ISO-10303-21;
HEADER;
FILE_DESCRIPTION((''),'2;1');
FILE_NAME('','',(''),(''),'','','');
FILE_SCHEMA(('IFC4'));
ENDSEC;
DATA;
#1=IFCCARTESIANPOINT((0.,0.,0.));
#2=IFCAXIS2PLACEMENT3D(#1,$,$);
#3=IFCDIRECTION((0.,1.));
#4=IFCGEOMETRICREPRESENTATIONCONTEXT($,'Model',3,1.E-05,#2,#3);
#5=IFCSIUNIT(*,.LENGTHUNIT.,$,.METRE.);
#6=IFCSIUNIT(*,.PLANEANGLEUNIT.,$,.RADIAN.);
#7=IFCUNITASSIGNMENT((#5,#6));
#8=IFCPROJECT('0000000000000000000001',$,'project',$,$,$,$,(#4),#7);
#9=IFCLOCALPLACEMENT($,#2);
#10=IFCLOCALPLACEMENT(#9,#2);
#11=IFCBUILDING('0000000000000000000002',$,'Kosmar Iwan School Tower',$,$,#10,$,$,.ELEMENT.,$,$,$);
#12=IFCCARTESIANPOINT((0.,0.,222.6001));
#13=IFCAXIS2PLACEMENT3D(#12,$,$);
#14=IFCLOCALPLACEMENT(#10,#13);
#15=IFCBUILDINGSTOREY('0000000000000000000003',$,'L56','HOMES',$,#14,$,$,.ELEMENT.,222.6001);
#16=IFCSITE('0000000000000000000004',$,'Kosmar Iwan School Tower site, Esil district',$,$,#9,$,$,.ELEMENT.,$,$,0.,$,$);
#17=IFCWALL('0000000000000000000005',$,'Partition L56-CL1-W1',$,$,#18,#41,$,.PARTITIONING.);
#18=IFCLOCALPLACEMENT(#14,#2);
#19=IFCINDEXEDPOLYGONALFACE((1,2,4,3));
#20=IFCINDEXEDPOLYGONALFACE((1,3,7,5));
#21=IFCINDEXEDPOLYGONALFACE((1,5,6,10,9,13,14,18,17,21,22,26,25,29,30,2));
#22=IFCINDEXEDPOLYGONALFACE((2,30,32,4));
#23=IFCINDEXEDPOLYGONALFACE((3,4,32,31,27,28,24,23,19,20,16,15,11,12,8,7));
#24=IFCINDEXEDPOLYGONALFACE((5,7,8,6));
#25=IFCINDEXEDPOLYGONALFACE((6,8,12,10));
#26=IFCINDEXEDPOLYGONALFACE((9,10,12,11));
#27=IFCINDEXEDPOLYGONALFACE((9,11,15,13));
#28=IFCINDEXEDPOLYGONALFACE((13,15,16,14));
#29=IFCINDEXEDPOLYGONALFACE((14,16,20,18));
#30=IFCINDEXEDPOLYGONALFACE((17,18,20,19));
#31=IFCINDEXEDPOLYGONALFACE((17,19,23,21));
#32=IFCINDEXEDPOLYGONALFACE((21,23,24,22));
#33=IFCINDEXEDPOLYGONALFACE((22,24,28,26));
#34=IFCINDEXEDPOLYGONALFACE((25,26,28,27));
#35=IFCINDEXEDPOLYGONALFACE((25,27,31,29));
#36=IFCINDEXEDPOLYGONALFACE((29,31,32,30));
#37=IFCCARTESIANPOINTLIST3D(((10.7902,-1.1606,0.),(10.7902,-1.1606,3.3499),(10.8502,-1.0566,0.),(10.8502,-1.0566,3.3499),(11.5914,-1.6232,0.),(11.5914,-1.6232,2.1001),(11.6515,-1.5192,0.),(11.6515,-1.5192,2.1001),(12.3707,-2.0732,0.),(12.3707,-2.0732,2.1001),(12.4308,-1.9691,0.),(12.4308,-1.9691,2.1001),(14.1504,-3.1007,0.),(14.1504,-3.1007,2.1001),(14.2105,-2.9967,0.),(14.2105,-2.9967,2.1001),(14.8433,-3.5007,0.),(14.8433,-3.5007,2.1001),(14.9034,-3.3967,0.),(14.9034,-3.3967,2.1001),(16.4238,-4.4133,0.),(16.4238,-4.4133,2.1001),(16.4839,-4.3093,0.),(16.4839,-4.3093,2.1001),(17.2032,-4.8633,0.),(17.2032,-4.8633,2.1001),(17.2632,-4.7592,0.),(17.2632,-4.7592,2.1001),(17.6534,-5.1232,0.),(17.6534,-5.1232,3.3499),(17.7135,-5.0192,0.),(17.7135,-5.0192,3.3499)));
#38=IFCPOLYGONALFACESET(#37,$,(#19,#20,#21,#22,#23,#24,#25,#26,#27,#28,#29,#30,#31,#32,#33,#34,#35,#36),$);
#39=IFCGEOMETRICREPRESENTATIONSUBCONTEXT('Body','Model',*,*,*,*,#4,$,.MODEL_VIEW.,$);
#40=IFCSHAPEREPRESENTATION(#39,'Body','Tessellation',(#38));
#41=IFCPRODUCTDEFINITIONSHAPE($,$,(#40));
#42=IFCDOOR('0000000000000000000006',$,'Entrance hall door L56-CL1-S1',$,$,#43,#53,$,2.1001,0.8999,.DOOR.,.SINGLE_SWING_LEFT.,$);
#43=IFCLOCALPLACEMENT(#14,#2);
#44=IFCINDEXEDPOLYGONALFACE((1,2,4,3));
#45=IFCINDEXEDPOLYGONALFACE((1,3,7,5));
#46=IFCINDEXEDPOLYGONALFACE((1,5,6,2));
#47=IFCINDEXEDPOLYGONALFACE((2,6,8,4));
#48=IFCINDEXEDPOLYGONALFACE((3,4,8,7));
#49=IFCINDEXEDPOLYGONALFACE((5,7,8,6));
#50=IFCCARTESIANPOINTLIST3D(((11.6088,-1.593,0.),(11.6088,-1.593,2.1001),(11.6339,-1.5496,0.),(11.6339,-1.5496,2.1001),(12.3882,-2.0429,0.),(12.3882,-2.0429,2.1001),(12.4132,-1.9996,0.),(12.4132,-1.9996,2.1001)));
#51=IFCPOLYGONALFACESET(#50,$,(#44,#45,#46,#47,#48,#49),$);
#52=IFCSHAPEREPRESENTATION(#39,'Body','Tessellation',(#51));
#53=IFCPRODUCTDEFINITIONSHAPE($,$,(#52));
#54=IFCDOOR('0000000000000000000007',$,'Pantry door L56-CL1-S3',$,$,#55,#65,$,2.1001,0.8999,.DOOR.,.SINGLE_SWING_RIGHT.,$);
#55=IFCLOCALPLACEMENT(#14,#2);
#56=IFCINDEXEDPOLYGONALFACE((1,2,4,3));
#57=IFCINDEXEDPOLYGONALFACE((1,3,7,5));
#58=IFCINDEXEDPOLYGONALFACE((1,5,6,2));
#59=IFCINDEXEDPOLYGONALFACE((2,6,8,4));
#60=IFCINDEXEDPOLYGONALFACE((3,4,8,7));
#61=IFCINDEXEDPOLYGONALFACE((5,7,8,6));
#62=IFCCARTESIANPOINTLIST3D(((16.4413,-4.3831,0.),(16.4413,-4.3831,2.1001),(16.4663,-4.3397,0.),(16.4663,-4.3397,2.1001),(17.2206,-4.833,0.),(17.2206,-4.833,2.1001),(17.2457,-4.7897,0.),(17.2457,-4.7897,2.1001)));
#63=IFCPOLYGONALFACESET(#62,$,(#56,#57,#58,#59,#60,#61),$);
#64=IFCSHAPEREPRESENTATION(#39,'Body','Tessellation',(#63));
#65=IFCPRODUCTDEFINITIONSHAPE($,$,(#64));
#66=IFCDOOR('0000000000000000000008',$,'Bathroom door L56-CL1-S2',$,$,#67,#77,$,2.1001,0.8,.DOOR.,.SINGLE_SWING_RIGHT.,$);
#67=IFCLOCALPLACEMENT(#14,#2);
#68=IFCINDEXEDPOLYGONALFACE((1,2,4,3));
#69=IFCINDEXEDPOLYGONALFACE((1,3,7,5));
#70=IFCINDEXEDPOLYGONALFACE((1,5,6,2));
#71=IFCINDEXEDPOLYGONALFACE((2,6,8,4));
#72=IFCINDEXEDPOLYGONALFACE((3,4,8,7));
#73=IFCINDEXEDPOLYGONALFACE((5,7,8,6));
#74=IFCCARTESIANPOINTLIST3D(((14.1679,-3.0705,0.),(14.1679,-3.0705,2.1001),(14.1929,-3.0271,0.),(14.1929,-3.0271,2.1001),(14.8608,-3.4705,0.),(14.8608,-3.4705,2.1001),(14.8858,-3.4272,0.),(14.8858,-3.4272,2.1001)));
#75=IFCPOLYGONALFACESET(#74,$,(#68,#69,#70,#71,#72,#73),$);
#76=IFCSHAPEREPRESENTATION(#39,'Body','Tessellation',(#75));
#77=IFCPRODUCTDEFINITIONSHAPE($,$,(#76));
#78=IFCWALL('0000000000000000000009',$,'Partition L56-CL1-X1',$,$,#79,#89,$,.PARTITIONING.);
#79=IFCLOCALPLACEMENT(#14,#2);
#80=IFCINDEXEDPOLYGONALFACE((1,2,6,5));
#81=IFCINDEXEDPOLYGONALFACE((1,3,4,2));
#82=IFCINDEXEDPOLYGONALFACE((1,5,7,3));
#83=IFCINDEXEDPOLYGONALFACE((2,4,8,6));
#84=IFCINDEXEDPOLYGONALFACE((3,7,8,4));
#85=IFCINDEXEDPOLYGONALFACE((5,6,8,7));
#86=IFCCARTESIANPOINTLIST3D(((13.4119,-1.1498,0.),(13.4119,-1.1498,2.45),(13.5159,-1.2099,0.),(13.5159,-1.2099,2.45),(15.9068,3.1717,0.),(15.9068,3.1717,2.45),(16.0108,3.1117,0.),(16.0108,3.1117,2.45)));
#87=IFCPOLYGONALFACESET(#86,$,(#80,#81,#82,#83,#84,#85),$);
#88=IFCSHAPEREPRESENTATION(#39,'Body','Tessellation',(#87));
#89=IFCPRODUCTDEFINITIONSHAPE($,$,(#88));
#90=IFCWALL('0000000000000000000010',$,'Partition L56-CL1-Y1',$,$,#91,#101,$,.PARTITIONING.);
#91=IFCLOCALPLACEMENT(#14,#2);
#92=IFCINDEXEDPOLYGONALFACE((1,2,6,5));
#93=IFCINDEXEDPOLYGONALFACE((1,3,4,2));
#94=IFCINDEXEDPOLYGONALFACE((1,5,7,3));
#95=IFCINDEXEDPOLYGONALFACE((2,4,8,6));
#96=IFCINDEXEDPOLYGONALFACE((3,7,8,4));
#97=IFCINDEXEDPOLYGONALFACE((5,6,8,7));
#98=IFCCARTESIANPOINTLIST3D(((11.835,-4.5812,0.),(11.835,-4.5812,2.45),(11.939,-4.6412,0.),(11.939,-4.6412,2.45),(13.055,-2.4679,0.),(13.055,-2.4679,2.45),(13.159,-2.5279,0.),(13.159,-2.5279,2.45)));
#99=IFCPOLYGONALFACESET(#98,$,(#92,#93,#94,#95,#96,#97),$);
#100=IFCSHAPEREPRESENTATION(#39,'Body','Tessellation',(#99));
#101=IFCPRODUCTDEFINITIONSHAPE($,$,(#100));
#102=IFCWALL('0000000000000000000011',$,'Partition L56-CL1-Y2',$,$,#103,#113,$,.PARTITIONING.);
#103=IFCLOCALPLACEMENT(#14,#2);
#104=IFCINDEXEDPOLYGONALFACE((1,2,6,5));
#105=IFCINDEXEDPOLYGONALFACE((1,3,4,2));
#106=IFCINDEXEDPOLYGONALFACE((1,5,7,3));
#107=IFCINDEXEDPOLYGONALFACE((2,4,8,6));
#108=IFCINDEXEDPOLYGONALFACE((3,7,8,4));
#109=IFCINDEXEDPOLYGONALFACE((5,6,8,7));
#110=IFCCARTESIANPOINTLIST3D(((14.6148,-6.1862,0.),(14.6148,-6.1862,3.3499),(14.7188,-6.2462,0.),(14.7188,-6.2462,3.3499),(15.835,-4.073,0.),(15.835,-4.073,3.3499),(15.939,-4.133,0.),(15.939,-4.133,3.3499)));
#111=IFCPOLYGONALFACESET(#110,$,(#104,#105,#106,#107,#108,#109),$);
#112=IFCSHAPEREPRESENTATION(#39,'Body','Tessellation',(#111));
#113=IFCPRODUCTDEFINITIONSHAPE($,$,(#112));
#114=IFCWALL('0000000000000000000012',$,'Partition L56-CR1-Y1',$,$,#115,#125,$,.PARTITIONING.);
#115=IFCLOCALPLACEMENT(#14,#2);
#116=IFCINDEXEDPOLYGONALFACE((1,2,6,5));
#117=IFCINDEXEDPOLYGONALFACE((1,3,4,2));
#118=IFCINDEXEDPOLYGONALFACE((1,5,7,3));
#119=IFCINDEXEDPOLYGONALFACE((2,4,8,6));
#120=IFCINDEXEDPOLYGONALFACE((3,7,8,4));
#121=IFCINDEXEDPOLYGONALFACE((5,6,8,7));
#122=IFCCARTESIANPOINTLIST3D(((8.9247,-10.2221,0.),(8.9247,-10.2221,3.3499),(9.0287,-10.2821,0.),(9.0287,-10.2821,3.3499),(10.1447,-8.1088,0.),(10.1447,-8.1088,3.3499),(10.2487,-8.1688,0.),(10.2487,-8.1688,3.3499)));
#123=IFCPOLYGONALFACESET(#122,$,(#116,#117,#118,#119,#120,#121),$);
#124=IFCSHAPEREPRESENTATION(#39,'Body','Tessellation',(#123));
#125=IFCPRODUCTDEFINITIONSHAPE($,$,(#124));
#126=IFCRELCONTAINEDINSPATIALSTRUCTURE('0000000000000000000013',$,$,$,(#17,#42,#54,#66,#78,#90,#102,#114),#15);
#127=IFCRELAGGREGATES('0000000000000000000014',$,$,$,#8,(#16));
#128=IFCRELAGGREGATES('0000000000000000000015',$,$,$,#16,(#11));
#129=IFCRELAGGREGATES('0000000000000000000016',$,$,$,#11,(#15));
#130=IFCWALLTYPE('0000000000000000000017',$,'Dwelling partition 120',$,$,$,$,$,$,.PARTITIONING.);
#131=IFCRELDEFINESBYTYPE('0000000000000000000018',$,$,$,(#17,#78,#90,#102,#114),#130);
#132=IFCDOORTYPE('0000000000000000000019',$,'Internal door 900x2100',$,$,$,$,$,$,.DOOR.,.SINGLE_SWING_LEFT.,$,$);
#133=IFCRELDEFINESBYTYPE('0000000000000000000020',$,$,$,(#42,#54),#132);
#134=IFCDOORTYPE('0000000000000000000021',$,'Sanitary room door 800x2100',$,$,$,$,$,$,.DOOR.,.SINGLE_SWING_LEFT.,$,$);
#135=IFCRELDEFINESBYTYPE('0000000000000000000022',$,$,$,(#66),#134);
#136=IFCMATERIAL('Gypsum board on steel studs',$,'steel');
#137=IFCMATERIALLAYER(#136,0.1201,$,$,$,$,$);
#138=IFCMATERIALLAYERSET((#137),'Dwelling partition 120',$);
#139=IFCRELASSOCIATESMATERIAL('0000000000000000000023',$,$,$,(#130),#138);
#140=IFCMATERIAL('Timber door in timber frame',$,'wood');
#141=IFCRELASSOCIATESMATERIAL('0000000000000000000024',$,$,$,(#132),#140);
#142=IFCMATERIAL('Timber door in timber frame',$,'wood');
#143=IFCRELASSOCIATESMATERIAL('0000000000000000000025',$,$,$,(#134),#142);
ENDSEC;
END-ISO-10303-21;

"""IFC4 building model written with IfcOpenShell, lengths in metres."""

from ifc_helpers import new_model, si_unit, direction, frame, frame_2d, origin, place, context, subcontext, project, spatial, rectangle, extrude, material, layer, layer_set, type_object, element, fill, save


model = new_model("IFC4")

# Units and contexts
model_context = context("Model", 3, precision=1e-05, world=origin(), true_north=direction((0.0, 1.0)))
body_context = subcontext(model_context, "Body", "Model", "MODEL_VIEW")
ifc_project = project(units=[si_unit("LENGTHUNIT", "METRE"), si_unit("PLANEANGLEUNIT", "RADIAN")], contexts=[model_context])

# Site, building, storey
site_placement = place(None, origin())
site = spatial("IfcSite", under=ifc_project, at=site_placement, Name="Kosmar Iwan School Tower site, Esil district", CompositionType="ELEMENT", RefElevation=0.0)
building_placement = place(site_placement, origin())
building = spatial("IfcBuilding", under=site, at=building_placement, Name="Kosmar Iwan School Tower", CompositionType="ELEMENT")
storey_placement = place(building_placement, frame((0.0, 0.0, 222.6001)))
storey = spatial("IfcBuildingStorey", under=building, at=storey_placement, Name="L56", Description="HOMES", CompositionType="ELEMENT", Elevation=222.6001)

# Wall, openings, doors
ifc_material_1 = material(Name="Gypsum board on steel studs", Category="steel")
ifc_layer_1 = layer(ifc_material_1, 0.1201)
ifc_layer_set_1 = layer_set([ifc_layer_1], Name="Dwelling partition 120")
wall_type_1 = type_object("IfcWallType", Name="Dwelling partition 120", PredefinedType="PARTITIONING", material=ifc_layer_set_1)
wall_1_placement = place(storey_placement, frame((10.8203, -1.1086, 0.0), z_axis=(0.0, 0.0, 1.0), x_axis=(0.866018, -0.500012, 0.0)))
wall_1 = element("IfcWall", 1, at=wall_1_placement, inside=storey, type_object=wall_type_1, Name="Partition L56-CL1-W1", PredefinedType="PARTITIONING", context=body_context, shape_type="SweptSolid", body=[
    extrude(rectangle(XDim=7.925, YDim=0.1201, at=frame_2d((3.9624, 0.0))), origin(), (0.0, 0.0, 1.0), 3.3499),
])
opening_1_placement = place(wall_1_placement, frame((0.925, 0.0, 0.0)))
opening_1 = element("IfcOpeningElement", 2, at=opening_1_placement, cuts=wall_1, PredefinedType="OPENING", context=body_context, shape_type="SweptSolid", body=[
    extrude(rectangle(XDim=0.8999, YDim=2.1001, at=frame_2d((0.45, 1.05))), frame((0.0, 0.072, 0.0), z_axis=(0.0, -1.0, 0.0), x_axis=(1.0, 0.0, 0.0)), (0.0, 0.0, 1.0), 0.144),
])
opening_2_placement = place(wall_1_placement, frame((3.8801, 0.0, 0.0)))
opening_2 = element("IfcOpeningElement", 3, at=opening_2_placement, cuts=wall_1, PredefinedType="OPENING", context=body_context, shape_type="SweptSolid", body=[
    extrude(rectangle(XDim=0.8, YDim=2.1001, at=frame_2d((0.3999, 1.05))), frame((0.0, 0.072, 0.0), z_axis=(0.0, -1.0, 0.0), x_axis=(1.0, 0.0, 0.0)), (0.0, 0.0, 1.0), 0.144),
])
opening_3_placement = place(wall_1_placement, frame((6.5051, 0.0, 0.0)))
opening_3 = element("IfcOpeningElement", 4, at=opening_3_placement, cuts=wall_1, PredefinedType="OPENING", context=body_context, shape_type="SweptSolid", body=[
    extrude(rectangle(XDim=0.8999, YDim=2.1001, at=frame_2d((0.45, 1.05))), frame((0.0, 0.072, 0.0), z_axis=(0.0, -1.0, 0.0), x_axis=(1.0, 0.0, 0.0)), (0.0, 0.0, 1.0), 0.144),
])
ifc_material_2 = material(Name="Timber door in timber frame", Category="wood")
door_type_1 = type_object("IfcDoorType", Name="Internal door 900x2100", OperationType="SINGLE_SWING_LEFT", PredefinedType="DOOR", material=ifc_material_2)
door_1_placement = place(opening_1_placement, origin())
door_1 = element("IfcDoor", 5, at=door_1_placement, inside=storey, type_object=door_type_1, Name="Entrance hall door L56-CL1-S1", OperationType="SINGLE_SWING_LEFT", OverallHeight=2.1001, OverallWidth=0.8999, PredefinedType="DOOR", context=body_context, shape_type="SweptSolid", body=[
    extrude(rectangle(XDim=0.8999, YDim=2.1001, at=frame_2d((0.45, 1.05))), frame((0.0, 0.0249, 0.0), z_axis=(0.0, -1.0, 0.0), x_axis=(1.0, 0.0, 0.0)), (0.0, 0.0, 1.0), 0.05),
])
fill(opening_1, door_1)
door_2_placement = place(opening_3_placement, origin())
door_2 = element("IfcDoor", 6, at=door_2_placement, inside=storey, type_object=door_type_1, Name="Pantry door L56-CL1-S3", OperationType="SINGLE_SWING_RIGHT", OverallHeight=2.1001, OverallWidth=0.8999, PredefinedType="DOOR", context=body_context, shape_type="SweptSolid", body=[
    extrude(rectangle(XDim=0.8999, YDim=2.1001, at=frame_2d((0.45, 1.05))), frame((0.0, 0.0249, 0.0), z_axis=(0.0, -1.0, 0.0), x_axis=(1.0, 0.0, 0.0)), (0.0, 0.0, 1.0), 0.05),
])
fill(opening_3, door_2)
ifc_material_3 = material(Name="Timber door in timber frame", Category="wood")
door_type_2 = type_object("IfcDoorType", Name="Sanitary room door 800x2100", OperationType="SINGLE_SWING_LEFT", PredefinedType="DOOR", material=ifc_material_3)
door_3_placement = place(opening_2_placement, origin())
door_3 = element("IfcDoor", 7, at=door_3_placement, inside=storey, type_object=door_type_2, Name="Bathroom door L56-CL1-S2", OperationType="SINGLE_SWING_RIGHT", OverallHeight=2.1001, OverallWidth=0.8, PredefinedType="DOOR", context=body_context, shape_type="SweptSolid", body=[
    extrude(rectangle(XDim=0.8, YDim=2.1001, at=frame_2d((0.3999, 1.05))), frame((0.0, 0.0249, 0.0), z_axis=(0.0, -1.0, 0.0), x_axis=(1.0, 0.0, 0.0)), (0.0, 0.0, 1.0), 0.05),
])
fill(opening_2, door_3)

# Walls
wall_2_placement = place(storey_placement, frame((13.4639, -1.1799, 0.0), z_axis=(0.0, 0.0, 1.0), x_axis=(0.499975, 0.86604, 0.0)))
element("IfcWall", 8, at=wall_2_placement, inside=storey, type_object=wall_type_1, Name="Partition L56-CL1-X1", PredefinedType="PARTITIONING", context=body_context, shape_type="SweptSolid", body=[
    extrude(rectangle(XDim=4.99, YDim=0.1201, at=frame_2d((2.4951, 0.0))), origin(), (0.0, 0.0, 1.0), 2.45),
])
wall_3_placement = place(storey_placement, frame((11.887, -4.6113, 0.0), z_axis=(0.0, 0.0, 1.0), x_axis=(0.499959, 0.866049, 0.0)))
element("IfcWall", 9, at=wall_3_placement, inside=storey, type_object=wall_type_1, Name="Partition L56-CL1-Y1", PredefinedType="PARTITIONING", context=body_context, shape_type="SweptSolid", body=[
    extrude(rectangle(XDim=2.4402, YDim=0.1201, at=frame_2d((1.2202, 0.0))), origin(), (0.0, 0.0, 1.0), 2.45),
])
for number, where, z_axis, x_axis, name in (
    (10, (14.6667, -6.2163, 0.0), (0.0, 0.0, 1.0), (0.500034, 0.866006, 0.0), "Partition L56-CL1-Y2"),
    (11, (10.1968, -8.1387, 0.0), (0.0, 0.0, 1.0), (-0.499959, -0.866049, 0.0), "Partition L56-CR1-Y1"),
):
    element("IfcWall", number, at=place(storey_placement, frame(where, z_axis=z_axis, x_axis=x_axis)), inside=storey, type_object=wall_type_1, Name=name, PredefinedType="PARTITIONING", context=body_context, shape_type="SweptSolid", body=[
        extrude(rectangle(XDim=2.4402, YDim=0.1201, at=frame_2d((1.2202, 0.0))), origin(), (0.0, 0.0, 1.0), 3.3499),
    ])

save(model, "model.ifc")
